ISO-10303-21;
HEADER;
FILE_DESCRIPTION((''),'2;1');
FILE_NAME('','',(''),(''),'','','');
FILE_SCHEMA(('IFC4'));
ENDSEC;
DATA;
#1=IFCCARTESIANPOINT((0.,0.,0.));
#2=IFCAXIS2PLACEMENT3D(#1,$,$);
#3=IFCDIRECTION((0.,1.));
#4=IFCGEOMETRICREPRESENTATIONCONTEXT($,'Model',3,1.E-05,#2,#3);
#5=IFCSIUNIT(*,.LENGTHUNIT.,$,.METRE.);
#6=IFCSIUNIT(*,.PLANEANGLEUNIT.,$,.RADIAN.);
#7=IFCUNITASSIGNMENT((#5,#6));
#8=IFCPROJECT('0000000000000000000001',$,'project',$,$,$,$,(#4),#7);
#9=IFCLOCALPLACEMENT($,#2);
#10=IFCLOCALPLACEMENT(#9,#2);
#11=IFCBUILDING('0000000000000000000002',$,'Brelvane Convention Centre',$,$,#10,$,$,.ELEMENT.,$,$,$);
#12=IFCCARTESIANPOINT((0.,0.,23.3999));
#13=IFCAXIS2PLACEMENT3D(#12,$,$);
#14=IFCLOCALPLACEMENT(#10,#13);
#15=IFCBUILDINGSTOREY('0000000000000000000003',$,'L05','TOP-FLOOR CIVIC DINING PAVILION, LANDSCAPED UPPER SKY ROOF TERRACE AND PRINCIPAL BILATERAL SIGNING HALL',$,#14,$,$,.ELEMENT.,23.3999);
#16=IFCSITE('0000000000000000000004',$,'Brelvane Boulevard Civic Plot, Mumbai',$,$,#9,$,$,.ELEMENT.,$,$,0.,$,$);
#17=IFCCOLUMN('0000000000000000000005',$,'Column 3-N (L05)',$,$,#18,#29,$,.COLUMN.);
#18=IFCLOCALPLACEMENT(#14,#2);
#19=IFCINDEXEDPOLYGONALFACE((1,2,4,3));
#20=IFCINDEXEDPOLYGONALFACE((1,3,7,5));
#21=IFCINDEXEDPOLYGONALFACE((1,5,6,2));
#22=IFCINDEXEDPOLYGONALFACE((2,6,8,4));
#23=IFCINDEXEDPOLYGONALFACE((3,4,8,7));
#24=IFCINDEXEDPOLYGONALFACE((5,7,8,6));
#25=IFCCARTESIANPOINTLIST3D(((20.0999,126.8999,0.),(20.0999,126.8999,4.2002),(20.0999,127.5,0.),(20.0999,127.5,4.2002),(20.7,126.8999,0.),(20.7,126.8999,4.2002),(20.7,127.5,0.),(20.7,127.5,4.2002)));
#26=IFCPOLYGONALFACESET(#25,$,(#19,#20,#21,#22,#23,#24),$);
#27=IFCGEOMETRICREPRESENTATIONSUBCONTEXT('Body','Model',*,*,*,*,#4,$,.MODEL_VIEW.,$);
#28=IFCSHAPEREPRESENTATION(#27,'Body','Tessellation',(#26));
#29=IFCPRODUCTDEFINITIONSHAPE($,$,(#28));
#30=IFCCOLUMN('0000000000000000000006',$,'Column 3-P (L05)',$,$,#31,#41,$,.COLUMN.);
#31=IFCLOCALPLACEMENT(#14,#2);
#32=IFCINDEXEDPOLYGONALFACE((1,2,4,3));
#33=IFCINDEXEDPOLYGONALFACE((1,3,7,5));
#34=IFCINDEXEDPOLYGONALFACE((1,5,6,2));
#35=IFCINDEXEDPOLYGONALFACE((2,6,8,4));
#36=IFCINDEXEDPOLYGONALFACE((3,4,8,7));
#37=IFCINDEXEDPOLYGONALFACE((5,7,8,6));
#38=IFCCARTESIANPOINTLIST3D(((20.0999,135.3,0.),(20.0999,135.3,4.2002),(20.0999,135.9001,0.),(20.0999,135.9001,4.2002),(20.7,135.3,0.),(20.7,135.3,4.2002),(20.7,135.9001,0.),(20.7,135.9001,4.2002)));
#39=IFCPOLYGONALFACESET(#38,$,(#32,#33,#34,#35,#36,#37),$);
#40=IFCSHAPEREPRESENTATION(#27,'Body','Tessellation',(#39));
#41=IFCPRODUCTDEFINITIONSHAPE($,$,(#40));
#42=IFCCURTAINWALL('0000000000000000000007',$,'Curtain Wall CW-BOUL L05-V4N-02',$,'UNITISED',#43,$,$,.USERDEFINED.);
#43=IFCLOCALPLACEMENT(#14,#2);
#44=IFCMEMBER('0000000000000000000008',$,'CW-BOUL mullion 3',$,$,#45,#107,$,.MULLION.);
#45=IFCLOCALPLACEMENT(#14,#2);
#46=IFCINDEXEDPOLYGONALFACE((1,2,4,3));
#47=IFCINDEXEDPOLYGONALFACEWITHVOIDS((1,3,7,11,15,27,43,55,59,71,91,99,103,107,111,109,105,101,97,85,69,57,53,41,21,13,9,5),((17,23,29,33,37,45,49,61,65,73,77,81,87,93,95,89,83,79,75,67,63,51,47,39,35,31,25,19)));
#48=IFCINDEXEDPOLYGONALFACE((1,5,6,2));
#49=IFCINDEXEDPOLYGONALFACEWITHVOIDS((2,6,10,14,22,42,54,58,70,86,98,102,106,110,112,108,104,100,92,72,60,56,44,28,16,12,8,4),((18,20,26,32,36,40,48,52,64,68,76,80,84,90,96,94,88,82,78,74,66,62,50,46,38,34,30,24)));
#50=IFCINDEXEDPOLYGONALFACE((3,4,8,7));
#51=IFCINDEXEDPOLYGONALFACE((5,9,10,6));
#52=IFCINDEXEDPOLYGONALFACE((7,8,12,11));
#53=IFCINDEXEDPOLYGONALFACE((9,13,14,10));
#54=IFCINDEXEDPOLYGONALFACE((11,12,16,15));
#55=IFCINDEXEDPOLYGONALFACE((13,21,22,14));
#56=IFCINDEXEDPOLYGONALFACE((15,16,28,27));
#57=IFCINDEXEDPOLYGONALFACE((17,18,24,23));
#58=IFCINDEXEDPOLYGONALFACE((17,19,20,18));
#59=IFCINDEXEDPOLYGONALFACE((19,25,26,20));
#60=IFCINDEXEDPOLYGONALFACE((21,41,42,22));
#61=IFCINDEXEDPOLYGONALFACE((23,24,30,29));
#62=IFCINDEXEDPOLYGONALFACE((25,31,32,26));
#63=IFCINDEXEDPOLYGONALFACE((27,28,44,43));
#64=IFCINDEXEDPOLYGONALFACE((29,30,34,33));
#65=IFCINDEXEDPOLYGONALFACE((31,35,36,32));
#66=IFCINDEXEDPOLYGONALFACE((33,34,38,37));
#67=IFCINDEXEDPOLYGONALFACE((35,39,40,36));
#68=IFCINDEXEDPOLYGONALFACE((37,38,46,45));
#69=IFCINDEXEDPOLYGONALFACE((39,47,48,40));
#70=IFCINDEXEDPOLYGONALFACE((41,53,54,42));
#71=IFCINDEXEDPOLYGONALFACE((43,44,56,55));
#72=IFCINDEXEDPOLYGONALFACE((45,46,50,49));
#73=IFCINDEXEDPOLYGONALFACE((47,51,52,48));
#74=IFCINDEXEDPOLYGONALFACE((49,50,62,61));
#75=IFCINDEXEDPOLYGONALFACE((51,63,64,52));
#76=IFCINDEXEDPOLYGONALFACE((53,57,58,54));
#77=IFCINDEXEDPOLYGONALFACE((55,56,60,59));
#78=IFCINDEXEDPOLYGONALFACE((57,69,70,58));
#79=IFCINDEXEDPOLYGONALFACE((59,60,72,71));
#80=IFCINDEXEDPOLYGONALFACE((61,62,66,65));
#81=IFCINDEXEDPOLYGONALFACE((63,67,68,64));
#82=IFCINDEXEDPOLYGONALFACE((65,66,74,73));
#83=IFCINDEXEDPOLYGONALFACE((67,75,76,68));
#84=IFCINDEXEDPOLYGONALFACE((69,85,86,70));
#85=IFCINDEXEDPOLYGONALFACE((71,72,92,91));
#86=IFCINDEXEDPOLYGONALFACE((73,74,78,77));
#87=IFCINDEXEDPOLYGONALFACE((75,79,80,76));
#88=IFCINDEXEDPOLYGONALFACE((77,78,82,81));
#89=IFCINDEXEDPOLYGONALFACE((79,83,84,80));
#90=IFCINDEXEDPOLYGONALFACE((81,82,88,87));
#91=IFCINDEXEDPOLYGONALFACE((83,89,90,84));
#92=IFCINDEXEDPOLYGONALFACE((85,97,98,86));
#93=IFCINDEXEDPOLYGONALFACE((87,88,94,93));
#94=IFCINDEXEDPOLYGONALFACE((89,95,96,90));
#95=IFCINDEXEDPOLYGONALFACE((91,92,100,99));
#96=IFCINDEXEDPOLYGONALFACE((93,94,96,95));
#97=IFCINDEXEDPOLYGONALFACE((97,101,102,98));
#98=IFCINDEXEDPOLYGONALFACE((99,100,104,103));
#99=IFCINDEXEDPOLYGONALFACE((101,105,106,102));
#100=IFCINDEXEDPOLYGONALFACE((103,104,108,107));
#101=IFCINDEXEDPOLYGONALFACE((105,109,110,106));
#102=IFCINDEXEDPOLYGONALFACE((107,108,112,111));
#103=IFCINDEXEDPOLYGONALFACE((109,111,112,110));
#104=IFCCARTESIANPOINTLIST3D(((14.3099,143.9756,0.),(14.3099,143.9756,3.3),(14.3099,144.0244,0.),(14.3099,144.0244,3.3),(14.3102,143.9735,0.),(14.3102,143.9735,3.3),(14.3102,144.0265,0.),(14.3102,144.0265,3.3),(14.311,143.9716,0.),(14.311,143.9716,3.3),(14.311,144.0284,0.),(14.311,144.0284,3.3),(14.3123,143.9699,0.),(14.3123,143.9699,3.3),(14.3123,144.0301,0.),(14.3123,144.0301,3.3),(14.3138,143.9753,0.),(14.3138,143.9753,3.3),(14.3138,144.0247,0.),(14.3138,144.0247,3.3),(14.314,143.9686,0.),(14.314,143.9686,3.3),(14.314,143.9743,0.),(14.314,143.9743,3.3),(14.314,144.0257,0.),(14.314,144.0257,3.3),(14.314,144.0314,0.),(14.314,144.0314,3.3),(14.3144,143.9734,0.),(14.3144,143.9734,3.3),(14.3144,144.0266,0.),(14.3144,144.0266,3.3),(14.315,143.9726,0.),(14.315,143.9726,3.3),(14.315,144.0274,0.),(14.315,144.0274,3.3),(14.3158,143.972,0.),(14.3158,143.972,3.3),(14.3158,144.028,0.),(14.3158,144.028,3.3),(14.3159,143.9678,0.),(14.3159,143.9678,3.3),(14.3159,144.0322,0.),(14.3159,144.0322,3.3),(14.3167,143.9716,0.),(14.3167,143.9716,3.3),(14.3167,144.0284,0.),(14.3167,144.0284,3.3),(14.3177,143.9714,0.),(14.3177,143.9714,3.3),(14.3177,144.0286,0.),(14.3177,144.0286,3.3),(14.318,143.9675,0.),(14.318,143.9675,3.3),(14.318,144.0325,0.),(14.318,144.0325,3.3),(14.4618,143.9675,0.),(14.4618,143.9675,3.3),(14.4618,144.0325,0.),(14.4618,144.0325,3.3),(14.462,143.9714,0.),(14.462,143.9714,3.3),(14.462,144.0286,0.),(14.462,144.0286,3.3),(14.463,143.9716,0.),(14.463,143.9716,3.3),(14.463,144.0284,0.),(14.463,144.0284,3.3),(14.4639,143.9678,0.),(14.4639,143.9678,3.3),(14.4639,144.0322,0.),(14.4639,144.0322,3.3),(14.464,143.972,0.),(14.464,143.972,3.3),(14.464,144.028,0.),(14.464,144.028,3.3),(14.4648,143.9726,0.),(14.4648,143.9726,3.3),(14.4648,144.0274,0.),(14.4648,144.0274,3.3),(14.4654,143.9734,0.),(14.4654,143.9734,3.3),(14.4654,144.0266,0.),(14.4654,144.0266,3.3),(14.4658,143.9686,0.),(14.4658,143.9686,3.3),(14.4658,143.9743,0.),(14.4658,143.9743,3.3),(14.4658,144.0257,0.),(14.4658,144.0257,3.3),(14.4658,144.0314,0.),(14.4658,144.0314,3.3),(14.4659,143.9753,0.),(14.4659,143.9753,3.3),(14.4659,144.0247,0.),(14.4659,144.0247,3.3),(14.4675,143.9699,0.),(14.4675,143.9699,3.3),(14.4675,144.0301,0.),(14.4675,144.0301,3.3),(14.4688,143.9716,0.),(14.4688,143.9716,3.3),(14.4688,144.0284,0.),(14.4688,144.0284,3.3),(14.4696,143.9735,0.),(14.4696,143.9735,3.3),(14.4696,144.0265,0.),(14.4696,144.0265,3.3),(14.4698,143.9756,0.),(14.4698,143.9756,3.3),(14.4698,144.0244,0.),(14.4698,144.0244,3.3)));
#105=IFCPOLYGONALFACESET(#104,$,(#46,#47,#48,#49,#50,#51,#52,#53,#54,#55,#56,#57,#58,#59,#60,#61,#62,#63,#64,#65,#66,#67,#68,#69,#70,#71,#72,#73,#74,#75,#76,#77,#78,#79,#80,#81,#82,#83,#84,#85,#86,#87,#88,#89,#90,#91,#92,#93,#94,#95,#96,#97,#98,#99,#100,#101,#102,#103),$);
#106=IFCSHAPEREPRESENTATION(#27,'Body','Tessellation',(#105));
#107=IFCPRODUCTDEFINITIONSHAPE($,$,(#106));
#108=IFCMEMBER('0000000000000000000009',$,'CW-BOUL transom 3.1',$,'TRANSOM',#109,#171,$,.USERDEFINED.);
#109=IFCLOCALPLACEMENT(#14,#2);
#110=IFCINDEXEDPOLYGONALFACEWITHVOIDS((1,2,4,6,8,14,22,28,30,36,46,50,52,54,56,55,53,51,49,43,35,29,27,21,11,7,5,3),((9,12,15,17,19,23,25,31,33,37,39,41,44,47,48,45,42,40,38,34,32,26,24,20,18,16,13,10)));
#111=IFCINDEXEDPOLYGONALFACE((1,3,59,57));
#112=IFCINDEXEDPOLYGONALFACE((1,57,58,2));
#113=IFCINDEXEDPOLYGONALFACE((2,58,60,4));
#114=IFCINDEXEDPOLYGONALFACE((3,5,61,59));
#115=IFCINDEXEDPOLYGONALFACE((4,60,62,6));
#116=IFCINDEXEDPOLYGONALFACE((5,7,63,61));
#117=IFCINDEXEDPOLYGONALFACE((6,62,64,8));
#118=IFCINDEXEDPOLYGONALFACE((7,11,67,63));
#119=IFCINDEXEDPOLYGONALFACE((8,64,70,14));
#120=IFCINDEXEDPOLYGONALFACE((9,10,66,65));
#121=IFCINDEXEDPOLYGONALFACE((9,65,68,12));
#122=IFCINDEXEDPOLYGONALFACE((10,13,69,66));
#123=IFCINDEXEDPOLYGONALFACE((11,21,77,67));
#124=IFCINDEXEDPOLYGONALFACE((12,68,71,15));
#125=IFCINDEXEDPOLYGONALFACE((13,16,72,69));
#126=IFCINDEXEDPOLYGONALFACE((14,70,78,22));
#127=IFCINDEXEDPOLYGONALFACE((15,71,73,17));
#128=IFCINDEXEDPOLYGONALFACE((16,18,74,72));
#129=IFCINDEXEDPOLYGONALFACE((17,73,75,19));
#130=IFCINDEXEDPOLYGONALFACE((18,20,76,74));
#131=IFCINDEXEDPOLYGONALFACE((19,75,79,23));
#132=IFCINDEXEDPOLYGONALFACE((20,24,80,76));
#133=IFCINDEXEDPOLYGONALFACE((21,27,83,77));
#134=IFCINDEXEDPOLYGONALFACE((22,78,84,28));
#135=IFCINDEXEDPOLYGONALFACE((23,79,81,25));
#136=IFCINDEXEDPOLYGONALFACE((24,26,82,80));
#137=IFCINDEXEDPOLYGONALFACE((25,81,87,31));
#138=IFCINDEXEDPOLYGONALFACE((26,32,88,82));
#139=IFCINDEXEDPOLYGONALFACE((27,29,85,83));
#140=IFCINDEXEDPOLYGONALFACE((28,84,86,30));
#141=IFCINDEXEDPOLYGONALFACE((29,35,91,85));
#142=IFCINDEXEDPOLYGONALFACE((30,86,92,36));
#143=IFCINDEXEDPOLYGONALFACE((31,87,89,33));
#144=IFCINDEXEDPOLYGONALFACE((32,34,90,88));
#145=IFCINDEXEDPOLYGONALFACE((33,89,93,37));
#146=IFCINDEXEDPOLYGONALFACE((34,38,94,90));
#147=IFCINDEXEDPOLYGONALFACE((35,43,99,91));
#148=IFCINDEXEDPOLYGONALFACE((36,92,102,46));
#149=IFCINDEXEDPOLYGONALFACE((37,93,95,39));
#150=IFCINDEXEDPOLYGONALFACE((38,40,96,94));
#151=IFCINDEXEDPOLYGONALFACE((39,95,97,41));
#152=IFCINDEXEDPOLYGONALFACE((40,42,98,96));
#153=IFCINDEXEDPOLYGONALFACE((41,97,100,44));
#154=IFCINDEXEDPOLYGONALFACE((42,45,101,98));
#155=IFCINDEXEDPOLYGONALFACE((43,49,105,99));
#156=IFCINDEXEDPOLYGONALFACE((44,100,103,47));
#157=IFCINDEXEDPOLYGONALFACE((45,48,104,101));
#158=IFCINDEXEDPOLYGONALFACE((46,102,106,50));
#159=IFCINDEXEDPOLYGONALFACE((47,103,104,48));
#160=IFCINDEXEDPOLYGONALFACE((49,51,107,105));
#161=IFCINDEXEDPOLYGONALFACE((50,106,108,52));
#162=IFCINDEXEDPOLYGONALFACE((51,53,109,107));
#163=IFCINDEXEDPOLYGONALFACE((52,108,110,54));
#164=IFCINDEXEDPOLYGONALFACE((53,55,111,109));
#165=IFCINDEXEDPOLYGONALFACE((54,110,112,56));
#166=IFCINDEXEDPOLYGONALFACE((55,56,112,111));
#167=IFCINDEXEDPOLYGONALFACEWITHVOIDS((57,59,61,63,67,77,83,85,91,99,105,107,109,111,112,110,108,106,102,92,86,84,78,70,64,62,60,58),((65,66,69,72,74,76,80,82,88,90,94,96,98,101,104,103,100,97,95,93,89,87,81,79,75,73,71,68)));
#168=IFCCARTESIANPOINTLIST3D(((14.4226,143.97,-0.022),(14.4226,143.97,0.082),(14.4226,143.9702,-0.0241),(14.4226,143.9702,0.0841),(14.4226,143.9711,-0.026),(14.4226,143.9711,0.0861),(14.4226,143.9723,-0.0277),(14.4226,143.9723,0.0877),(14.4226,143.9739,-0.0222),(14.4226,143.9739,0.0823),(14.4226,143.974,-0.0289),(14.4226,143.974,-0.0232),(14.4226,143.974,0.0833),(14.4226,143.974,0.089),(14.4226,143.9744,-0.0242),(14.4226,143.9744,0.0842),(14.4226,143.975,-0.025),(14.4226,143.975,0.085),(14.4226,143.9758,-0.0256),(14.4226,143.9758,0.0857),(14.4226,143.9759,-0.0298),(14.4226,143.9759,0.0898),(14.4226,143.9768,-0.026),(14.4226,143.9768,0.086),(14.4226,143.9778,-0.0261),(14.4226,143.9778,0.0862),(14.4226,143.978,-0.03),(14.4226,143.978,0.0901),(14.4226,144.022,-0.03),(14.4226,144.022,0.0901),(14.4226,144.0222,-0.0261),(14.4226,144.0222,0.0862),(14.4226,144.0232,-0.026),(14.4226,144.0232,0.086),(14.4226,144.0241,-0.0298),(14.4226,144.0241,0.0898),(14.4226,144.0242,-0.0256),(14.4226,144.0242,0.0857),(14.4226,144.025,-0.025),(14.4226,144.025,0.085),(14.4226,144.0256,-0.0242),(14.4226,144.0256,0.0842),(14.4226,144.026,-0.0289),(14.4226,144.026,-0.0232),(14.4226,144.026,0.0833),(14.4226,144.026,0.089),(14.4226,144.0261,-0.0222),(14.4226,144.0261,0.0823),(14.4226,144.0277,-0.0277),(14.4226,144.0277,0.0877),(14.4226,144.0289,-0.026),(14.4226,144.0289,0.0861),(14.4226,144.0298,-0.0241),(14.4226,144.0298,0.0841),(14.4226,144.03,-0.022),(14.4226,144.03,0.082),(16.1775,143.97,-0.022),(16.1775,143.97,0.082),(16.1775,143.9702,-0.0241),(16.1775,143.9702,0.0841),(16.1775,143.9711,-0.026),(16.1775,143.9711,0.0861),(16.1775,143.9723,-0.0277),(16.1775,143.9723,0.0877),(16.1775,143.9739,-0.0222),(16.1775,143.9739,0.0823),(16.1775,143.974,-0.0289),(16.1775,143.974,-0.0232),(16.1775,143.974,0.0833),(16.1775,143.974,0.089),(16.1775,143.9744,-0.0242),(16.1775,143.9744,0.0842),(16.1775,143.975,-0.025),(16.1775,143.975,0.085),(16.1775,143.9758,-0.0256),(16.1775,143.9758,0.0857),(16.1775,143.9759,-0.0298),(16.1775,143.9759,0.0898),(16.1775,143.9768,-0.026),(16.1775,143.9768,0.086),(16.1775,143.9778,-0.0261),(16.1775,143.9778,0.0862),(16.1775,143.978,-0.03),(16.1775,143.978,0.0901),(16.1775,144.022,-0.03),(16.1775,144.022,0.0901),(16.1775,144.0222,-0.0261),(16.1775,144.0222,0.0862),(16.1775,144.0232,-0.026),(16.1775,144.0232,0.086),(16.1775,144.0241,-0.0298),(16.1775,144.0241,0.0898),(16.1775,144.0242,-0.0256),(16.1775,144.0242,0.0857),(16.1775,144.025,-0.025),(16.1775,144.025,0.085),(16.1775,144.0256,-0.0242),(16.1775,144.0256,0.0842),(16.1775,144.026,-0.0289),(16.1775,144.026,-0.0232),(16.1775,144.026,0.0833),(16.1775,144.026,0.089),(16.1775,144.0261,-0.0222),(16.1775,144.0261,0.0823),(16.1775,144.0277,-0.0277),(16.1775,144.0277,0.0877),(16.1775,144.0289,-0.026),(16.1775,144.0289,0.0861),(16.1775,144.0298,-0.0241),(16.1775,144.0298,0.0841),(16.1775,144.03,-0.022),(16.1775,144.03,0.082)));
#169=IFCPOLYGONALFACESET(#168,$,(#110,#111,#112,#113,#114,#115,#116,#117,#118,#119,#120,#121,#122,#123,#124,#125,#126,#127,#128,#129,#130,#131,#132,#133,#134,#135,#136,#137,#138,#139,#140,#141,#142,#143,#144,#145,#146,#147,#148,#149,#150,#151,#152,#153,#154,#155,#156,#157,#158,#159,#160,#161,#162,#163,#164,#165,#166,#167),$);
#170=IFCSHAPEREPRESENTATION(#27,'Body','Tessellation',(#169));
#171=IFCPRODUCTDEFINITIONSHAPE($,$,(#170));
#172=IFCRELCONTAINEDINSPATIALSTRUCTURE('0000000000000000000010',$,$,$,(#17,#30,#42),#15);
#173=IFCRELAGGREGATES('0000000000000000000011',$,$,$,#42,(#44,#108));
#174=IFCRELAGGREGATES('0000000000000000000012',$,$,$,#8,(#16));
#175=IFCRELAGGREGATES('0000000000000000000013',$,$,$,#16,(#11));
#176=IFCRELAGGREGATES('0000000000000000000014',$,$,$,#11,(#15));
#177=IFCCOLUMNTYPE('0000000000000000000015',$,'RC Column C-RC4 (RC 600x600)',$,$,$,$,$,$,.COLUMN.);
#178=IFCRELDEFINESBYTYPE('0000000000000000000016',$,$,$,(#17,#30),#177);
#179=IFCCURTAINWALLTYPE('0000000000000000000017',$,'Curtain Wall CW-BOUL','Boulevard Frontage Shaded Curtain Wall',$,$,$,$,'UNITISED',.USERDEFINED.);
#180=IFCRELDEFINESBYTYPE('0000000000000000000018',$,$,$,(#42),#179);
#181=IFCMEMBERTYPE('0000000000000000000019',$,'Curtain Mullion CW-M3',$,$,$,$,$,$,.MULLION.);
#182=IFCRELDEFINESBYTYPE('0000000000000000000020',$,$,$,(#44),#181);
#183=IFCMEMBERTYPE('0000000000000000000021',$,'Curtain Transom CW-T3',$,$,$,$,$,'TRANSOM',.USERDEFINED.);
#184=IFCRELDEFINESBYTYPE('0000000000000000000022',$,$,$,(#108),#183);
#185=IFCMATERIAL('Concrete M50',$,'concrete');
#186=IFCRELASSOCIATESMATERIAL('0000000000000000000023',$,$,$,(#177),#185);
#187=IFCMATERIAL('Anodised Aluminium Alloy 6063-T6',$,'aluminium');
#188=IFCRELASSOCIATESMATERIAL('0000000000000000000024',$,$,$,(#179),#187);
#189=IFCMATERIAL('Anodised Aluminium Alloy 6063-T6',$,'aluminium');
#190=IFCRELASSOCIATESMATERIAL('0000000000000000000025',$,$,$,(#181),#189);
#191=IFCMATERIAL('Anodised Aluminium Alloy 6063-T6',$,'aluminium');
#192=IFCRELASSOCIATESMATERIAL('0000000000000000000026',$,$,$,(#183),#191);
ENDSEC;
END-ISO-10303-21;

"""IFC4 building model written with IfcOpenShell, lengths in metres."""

from ifc_helpers import new_model, si_unit, direction, frame, origin, origin_2d, place, context, subcontext, project, spatial, rectangle, hollow_rectangle, extrude, material, material_profile, profile_set, type_object, element, aggregate, save


model = new_model("IFC4")

# Units and contexts
model_context = context("Model", 3, precision=1e-05, world=origin(), true_north=direction((0.0, 1.0)))
body_context = subcontext(model_context, "Body", "Model", "MODEL_VIEW")
ifc_project = project(units=[si_unit("LENGTHUNIT", "METRE"), si_unit("PLANEANGLEUNIT", "RADIAN")], contexts=[model_context])

# Site, building, storey
site_placement = place(None, origin())
site = spatial("IfcSite", under=ifc_project, at=site_placement, Name="Brelvane Boulevard Civic Plot, Mumbai", CompositionType="ELEMENT", RefElevation=0.0)
building_placement = place(site_placement, origin())
building = spatial("IfcBuilding", under=site, at=building_placement, Name="Brelvane Convention Centre", CompositionType="ELEMENT")
storey_placement = place(building_placement, frame((0.0, 0.0, 23.3999)))
storey = spatial("IfcBuildingStorey", under=building, at=storey_placement, Name="L05", Description="TOP-FLOOR CIVIC DINING PAVILION, LANDSCAPED UPPER SKY ROOF TERRACE AND PRINCIPAL BILATERAL SIGNING HALL", CompositionType="ELEMENT", Elevation=23.3999)

# Columns
ifc_material_1 = material(Name="Concrete M50", Category="concrete")
ifc_material_profile_1 = material_profile(ifc_material_1, rectangle(XDim=0.6001, YDim=0.6001, at=origin_2d()), Name="RC 600x600")
ifc_profile_set_1 = profile_set([ifc_material_profile_1], Name="Concrete M50")
column_type = type_object("IfcColumnType", Name="RC Column C-RC4 (RC 600x600)", PredefinedType="COLUMN", material=ifc_profile_set_1)
for number, where, z_axis, x_axis, name in (
    (1, (20.3999, 127.2, 0.0), (0.0, 0.0, 1.0), (1.0, 0.0, 0.0), "Column 3-N (L05)"),
    (2, (20.3999, 135.6001, 0.0), (0.0, 0.0, 1.0), (1.0, 0.0, 0.0), "Column 3-P (L05)"),
):
    element("IfcColumn", number, at=place(storey_placement, frame(where, z_axis=z_axis, x_axis=x_axis)), inside=storey, type_object=column_type, Name=name, PredefinedType="COLUMN", context=body_context, shape_type="SweptSolid", body=[
        extrude(rectangle(XDim=0.6001, YDim=0.6001, at=origin_2d()), origin(), (0.0, 0.0, 1.0), 4.2002),
    ])

# Curtain wall, members
ifc_material_2 = material(Name="Anodised Aluminium Alloy 6063-T6", Category="aluminium")
curtain_wall_type = type_object("IfcCurtainWallType", Name="Curtain Wall CW-BOUL", Description="Boulevard Frontage Shaded Curtain Wall", ElementType="UNITISED", PredefinedType="USERDEFINED", material=ifc_material_2)
curtain_wall_placement = place(storey_placement, origin())
curtain_wall = element("IfcCurtainWall", 3, at=curtain_wall_placement, inside=storey, type_object=curtain_wall_type, Name="Curtain Wall CW-BOUL L05-V4N-02", ObjectType="UNITISED", PredefinedType="USERDEFINED")
ifc_material_3 = material(Name="Anodised Aluminium Alloy 6063-T6", Category="aluminium")
ifc_material_profile_2 = material_profile(ifc_material_3, hollow_rectangle(XDim=0.0649, YDim=0.1599, WallThickness=0.0039, InnerFilletRadius=0.0039, OuterFilletRadius=0.0081, at=origin_2d()), Name="ALU-M 160x65x4.0")
ifc_profile_set_2 = profile_set([ifc_material_profile_2], Name="Anodised Aluminium Alloy 6063-T6")
member_type_1 = type_object("IfcMemberType", Name="Curtain Mullion CW-M3", PredefinedType="MULLION", material=ifc_profile_set_2)
member_1_placement = place(storey_placement, frame((14.3899, 144.0, 0.0), z_axis=(0.0, 0.0, 1.0), x_axis=(0.0, 1.0, 0.0)))
member_1 = element("IfcMember", 4, at=member_1_placement, type_object=member_type_1, Name="CW-BOUL mullion 3", PredefinedType="MULLION", context=body_context, shape_type="SweptSolid", body=[
    extrude(hollow_rectangle(XDim=0.0649, YDim=0.1599, WallThickness=0.0039, InnerFilletRadius=0.0039, OuterFilletRadius=0.0081, at=origin_2d()), origin(), (0.0, 0.0, 1.0), 3.3),
])
ifc_material_4 = material(Name="Anodised Aluminium Alloy 6063-T6", Category="aluminium")
ifc_material_profile_3 = material_profile(ifc_material_4, hollow_rectangle(XDim=0.0601, YDim=0.1201, WallThickness=0.0039, InnerFilletRadius=0.0039, OuterFilletRadius=0.0081, at=origin_2d()), Name="ALU-T 120x60x4.0")
ifc_profile_set_3 = profile_set([ifc_material_profile_3], Name="Anodised Aluminium Alloy 6063-T6")
member_type_2 = type_object("IfcMemberType", Name="Curtain Transom CW-T3", ElementType="TRANSOM", PredefinedType="USERDEFINED", material=ifc_profile_set_3)
member_2_placement = place(storey_placement, frame((14.4226, 144.0, 0.03), z_axis=(1.0, 0.0, 0.0), x_axis=(0.0, 1.0, 0.0)))
member_2 = element("IfcMember", 5, at=member_2_placement, type_object=member_type_2, Name="CW-BOUL transom 3.1", ObjectType="TRANSOM", PredefinedType="USERDEFINED", context=body_context, shape_type="SweptSolid", body=[
    extrude(hollow_rectangle(XDim=0.0601, YDim=0.1201, WallThickness=0.0039, InnerFilletRadius=0.0039, OuterFilletRadius=0.0081, at=origin_2d()), origin(), (0.0, 0.0, 1.0), 1.7549),
])
aggregate(curtain_wall, [member_1, member_2])

save(model, "model.ifc")
